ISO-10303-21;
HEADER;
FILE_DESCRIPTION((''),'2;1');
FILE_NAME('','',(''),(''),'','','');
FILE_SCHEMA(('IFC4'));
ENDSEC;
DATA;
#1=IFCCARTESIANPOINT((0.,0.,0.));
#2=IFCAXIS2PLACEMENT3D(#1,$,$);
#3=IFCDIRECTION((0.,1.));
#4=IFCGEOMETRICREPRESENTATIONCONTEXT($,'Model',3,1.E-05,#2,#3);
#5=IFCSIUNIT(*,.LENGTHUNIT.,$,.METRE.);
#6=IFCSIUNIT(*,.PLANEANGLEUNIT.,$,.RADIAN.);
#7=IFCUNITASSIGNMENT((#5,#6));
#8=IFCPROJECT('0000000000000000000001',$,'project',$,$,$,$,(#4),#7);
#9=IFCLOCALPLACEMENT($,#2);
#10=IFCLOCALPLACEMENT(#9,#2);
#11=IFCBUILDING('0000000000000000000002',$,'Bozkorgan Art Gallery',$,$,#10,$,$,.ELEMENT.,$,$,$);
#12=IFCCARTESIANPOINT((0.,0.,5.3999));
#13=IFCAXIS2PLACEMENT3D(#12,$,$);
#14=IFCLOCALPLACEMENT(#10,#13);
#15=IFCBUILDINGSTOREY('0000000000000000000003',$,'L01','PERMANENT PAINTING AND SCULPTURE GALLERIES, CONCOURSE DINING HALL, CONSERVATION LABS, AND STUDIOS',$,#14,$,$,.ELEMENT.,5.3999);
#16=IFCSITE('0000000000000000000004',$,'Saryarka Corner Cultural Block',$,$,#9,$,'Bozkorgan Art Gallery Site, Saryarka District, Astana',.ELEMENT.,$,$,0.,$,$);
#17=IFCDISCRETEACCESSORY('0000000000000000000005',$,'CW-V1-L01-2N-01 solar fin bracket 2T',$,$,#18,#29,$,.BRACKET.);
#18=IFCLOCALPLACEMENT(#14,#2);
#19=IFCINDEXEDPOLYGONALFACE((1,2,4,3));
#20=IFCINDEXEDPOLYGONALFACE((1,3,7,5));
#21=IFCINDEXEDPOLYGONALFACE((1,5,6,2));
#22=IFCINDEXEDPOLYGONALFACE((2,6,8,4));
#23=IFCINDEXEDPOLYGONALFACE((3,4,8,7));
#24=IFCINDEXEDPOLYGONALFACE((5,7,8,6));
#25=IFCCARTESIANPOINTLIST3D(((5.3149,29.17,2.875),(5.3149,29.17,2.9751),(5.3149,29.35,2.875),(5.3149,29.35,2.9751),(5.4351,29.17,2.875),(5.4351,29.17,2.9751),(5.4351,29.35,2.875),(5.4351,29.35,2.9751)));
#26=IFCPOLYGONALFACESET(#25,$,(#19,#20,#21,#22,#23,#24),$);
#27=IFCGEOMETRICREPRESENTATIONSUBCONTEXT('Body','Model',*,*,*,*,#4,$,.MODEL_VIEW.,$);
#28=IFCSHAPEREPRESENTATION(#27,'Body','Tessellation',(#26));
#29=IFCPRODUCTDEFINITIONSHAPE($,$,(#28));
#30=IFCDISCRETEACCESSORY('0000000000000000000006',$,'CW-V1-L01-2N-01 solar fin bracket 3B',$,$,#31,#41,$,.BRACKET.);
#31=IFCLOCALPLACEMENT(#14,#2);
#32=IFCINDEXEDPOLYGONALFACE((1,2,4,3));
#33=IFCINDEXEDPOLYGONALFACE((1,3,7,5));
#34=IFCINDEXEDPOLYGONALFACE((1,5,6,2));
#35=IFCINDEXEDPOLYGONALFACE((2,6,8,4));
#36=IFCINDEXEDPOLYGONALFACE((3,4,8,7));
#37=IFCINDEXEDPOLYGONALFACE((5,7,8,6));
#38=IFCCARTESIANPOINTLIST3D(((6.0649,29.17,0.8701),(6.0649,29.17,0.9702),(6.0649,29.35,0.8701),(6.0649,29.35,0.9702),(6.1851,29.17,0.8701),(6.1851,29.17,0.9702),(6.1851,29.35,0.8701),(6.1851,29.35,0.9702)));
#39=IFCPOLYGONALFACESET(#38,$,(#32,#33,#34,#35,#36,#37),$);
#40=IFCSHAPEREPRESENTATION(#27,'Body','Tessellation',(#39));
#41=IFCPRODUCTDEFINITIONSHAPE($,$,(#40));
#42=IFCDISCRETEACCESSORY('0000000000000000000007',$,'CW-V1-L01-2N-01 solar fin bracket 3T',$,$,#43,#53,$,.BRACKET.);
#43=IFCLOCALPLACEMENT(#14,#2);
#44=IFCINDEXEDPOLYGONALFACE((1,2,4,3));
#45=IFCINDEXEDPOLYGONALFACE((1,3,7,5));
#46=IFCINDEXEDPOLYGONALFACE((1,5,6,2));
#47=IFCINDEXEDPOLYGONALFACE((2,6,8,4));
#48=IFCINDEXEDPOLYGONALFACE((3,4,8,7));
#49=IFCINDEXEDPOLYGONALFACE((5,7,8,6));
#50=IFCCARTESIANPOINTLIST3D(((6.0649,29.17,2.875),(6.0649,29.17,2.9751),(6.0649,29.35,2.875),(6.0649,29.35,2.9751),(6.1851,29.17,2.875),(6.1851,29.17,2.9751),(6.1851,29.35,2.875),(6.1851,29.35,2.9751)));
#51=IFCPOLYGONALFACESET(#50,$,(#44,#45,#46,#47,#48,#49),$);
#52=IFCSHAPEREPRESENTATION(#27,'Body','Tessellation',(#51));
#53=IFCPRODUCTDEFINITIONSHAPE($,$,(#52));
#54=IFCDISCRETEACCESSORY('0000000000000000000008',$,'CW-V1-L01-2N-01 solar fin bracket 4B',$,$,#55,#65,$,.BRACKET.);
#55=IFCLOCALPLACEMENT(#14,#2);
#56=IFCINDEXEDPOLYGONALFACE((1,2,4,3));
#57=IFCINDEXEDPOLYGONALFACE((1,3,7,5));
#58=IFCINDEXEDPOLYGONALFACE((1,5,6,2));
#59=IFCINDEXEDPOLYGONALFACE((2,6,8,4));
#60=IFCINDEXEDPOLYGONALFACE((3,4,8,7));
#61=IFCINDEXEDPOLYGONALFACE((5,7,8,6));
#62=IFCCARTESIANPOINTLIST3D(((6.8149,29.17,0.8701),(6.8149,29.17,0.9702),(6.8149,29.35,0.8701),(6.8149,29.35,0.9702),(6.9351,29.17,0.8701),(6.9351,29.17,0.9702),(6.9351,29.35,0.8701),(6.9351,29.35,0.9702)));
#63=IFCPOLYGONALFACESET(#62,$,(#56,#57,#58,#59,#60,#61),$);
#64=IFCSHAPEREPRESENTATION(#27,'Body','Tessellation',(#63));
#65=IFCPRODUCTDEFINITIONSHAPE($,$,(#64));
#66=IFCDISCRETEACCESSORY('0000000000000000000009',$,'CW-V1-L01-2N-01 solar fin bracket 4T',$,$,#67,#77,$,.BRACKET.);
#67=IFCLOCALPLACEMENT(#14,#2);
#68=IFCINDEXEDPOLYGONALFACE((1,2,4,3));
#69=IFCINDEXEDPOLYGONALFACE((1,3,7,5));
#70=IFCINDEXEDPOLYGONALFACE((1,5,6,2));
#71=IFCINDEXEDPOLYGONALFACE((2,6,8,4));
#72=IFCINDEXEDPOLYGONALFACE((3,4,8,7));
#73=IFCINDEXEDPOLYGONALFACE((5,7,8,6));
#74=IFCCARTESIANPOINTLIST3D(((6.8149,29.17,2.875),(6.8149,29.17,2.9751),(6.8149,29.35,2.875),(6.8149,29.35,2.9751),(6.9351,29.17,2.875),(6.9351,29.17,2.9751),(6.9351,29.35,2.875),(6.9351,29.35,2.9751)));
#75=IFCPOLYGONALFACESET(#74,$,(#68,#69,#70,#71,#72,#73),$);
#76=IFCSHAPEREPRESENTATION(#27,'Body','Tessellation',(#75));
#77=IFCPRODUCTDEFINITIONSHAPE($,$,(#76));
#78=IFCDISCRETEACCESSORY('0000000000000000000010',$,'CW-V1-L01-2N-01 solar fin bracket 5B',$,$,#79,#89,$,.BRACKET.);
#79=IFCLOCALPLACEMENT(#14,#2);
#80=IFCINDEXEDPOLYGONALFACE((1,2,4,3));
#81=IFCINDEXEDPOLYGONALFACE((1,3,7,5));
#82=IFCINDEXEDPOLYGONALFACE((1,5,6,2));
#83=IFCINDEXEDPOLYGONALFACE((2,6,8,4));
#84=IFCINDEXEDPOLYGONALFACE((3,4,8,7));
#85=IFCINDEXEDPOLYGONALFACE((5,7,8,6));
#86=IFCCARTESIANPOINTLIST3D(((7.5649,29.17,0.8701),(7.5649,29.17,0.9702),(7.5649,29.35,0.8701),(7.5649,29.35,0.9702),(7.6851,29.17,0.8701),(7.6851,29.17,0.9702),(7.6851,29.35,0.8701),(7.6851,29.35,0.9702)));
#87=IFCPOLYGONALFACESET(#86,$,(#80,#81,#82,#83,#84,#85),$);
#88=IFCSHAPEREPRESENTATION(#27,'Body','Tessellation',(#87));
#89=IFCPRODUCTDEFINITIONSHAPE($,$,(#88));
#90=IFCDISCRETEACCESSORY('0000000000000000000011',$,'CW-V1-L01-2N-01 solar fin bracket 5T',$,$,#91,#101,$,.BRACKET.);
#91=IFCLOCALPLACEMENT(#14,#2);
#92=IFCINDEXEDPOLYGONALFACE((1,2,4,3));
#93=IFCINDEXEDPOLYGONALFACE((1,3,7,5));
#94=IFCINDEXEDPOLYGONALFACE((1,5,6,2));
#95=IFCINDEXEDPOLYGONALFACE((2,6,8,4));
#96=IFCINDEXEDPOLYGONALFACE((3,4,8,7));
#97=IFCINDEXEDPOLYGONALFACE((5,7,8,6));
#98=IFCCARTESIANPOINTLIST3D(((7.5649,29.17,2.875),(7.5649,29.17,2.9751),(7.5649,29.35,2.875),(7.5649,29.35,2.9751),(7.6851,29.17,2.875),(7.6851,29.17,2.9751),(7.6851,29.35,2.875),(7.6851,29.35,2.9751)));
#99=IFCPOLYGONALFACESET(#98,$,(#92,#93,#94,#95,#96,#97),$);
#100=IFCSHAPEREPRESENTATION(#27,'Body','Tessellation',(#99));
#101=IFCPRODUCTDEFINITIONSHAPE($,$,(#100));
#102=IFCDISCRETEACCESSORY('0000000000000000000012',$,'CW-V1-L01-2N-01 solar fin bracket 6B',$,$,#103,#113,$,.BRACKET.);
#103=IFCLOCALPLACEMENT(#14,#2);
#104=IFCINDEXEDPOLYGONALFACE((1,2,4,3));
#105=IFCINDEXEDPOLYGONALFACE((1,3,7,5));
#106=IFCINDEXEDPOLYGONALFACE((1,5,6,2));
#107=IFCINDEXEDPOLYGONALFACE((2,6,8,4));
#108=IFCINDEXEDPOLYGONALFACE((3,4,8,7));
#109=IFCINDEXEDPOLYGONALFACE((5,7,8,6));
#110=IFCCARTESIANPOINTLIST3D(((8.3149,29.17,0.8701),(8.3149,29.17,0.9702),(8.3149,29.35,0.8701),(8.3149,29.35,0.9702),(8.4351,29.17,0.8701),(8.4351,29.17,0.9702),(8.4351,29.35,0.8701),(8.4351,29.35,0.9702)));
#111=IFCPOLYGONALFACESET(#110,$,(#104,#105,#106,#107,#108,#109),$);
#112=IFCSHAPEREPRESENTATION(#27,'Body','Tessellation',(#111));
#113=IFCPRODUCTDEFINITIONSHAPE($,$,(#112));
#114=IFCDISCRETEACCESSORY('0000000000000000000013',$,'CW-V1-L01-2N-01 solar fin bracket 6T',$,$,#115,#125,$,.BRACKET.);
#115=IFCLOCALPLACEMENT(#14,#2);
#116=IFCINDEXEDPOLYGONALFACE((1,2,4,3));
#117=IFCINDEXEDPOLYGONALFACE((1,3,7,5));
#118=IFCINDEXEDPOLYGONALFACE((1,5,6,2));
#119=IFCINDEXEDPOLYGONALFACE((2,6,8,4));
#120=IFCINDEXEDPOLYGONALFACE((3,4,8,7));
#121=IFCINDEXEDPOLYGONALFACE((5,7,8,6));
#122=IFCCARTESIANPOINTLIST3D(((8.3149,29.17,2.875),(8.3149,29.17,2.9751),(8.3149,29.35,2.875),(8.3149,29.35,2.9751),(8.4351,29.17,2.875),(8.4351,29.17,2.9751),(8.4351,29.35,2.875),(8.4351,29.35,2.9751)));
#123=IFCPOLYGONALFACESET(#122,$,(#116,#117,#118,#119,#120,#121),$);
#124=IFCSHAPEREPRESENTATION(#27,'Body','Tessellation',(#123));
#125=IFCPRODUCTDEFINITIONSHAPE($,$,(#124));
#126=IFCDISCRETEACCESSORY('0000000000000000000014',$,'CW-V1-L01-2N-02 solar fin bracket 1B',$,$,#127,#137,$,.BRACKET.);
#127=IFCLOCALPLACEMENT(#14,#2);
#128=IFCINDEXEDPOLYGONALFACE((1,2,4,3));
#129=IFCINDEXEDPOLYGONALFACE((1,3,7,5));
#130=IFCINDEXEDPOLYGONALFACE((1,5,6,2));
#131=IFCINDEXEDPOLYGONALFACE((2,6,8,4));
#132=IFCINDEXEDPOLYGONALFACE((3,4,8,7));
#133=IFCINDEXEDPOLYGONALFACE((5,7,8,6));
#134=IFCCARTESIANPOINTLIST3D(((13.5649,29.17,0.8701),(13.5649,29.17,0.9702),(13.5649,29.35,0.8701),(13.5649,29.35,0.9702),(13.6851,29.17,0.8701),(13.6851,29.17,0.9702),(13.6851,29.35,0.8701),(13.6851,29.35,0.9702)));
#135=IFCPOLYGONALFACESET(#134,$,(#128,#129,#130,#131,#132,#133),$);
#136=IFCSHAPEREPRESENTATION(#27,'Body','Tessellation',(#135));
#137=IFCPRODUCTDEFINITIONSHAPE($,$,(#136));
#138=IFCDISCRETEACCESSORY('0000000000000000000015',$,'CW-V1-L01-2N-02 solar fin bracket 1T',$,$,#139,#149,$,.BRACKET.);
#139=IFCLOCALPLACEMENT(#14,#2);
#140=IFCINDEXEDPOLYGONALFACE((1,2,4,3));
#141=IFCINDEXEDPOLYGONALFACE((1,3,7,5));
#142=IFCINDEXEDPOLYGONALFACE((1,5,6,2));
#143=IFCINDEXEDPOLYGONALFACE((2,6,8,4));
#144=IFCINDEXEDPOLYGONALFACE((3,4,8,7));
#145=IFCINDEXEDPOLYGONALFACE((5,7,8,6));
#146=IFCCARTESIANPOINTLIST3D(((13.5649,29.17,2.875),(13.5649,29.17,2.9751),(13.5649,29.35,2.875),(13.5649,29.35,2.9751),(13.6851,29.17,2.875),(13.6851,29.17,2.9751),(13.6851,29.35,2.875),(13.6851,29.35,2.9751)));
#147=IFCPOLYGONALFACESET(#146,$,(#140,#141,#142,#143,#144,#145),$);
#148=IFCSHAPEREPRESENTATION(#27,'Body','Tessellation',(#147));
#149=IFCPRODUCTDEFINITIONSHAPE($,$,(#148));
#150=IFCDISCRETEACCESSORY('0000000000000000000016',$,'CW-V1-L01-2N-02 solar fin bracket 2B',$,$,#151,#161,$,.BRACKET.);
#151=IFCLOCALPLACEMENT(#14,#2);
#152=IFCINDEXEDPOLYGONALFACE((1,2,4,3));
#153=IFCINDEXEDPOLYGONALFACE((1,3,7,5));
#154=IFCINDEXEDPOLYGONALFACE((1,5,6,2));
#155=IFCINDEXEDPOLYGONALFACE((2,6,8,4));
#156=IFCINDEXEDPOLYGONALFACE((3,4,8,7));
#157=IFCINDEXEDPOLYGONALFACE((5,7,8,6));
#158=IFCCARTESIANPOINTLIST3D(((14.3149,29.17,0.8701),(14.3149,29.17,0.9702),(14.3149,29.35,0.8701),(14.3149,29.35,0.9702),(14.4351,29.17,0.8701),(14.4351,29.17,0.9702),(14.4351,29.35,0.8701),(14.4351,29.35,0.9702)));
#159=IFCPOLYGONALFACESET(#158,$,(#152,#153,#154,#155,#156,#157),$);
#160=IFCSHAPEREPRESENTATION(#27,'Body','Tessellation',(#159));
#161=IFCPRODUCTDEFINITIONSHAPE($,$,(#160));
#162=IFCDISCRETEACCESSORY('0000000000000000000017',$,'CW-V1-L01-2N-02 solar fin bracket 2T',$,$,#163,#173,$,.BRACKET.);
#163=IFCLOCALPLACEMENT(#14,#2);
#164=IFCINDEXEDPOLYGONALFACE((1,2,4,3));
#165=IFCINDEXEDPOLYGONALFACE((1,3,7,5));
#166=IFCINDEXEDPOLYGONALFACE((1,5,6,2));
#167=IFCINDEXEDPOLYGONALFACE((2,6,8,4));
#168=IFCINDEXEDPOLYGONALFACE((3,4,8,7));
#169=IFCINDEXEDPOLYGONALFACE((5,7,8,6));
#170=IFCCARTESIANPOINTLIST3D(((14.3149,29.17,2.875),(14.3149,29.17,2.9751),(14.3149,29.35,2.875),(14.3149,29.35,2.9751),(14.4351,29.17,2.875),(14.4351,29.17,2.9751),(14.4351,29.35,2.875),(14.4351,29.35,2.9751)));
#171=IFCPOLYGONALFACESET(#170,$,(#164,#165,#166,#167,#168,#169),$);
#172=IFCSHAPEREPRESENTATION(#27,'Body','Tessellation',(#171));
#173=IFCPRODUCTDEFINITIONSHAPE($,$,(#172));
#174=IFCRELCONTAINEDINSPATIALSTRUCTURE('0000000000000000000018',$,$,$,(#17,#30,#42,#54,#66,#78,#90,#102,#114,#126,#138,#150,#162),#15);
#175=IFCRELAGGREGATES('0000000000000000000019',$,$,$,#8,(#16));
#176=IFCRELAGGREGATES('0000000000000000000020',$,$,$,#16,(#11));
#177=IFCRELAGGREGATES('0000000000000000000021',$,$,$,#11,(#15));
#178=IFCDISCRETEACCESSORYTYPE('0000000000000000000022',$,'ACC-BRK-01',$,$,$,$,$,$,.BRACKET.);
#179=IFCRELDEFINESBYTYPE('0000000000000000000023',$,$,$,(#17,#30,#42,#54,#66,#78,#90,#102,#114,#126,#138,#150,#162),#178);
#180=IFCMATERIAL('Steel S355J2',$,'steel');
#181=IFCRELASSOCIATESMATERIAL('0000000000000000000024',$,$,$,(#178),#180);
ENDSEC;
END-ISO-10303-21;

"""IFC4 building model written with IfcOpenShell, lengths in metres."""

from ifc_helpers import new_model, si_unit, direction, frame, origin, origin_2d, place, context, subcontext, project, spatial, rectangle, extrude, material, type_object, element, save


model = new_model("IFC4")

# Units and contexts
model_context = context("Model", 3, precision=1e-05, world=origin(), true_north=direction((0.0, 1.0)))
body_context = subcontext(model_context, "Body", "Model", "MODEL_VIEW")
ifc_project = project(units=[si_unit("LENGTHUNIT", "METRE"), si_unit("PLANEANGLEUNIT", "RADIAN")], contexts=[model_context])

# Site, building, storey
site_placement = place(None, origin())
site = spatial("IfcSite", under=ifc_project, at=site_placement, Name="Saryarka Corner Cultural Block", LongName="Bozkorgan Art Gallery Site, Saryarka District, Astana", CompositionType="ELEMENT", RefElevation=0.0)
building_placement = place(site_placement, origin())
building = spatial("IfcBuilding", under=site, at=building_placement, Name="Bozkorgan Art Gallery", CompositionType="ELEMENT")
storey_placement = place(building_placement, frame((0.0, 0.0, 5.3999)))
storey = spatial("IfcBuildingStorey", under=building, at=storey_placement, Name="L01", Description="PERMANENT PAINTING AND SCULPTURE GALLERIES, CONCOURSE DINING HALL, CONSERVATION LABS, AND STUDIOS", CompositionType="ELEMENT", Elevation=5.3999)

# Shared definitions
ifc_material_1 = material(Name="Steel S355J2", Category="steel")

# Discrete accessories
discrete_accessory_type = type_object("IfcDiscreteAccessoryType", Name="ACC-BRK-01", PredefinedType="BRACKET", material=ifc_material_1)
for number, where, z_axis, x_axis, name in (
    (1, (5.375, 29.26, 2.875), (0.0, 0.0, 1.0), (0.0, 1.0, 0.0), "CW-V1-L01-2N-01 solar fin bracket 2T"),
    (2, (6.125, 29.26, 0.8701), (0.0, 0.0, 1.0), (0.0, 1.0, 0.0), "CW-V1-L01-2N-01 solar fin bracket 3B"),
    (3, (6.125, 29.26, 2.875), (0.0, 0.0, 1.0), (0.0, 1.0, 0.0), "CW-V1-L01-2N-01 solar fin bracket 3T"),
    (4, (6.875, 29.26, 0.8701), (0.0, 0.0, 1.0), (0.0, 1.0, 0.0), "CW-V1-L01-2N-01 solar fin bracket 4B"),
    (5, (6.875, 29.26, 2.875), (0.0, 0.0, 1.0), (0.0, 1.0, 0.0), "CW-V1-L01-2N-01 solar fin bracket 4T"),
    (6, (7.625, 29.26, 0.8701), (0.0, 0.0, 1.0), (0.0, 1.0, 0.0), "CW-V1-L01-2N-01 solar fin bracket 5B"),
    (7, (7.625, 29.26, 2.875), (0.0, 0.0, 1.0), (0.0, 1.0, 0.0), "CW-V1-L01-2N-01 solar fin bracket 5T"),
    (8, (8.375, 29.26, 0.8701), (0.0, 0.0, 1.0), (0.0, 1.0, 0.0), "CW-V1-L01-2N-01 solar fin bracket 6B"),
    (9, (8.375, 29.26, 2.875), (0.0, 0.0, 1.0), (0.0, 1.0, 0.0), "CW-V1-L01-2N-01 solar fin bracket 6T"),
    (10, (13.625, 29.26, 0.8701), (0.0, 0.0, 1.0), (0.0, 1.0, 0.0), "CW-V1-L01-2N-02 solar fin bracket 1B"),
    (11, (13.625, 29.26, 2.875), (0.0, 0.0, 1.0), (0.0, 1.0, 0.0), "CW-V1-L01-2N-02 solar fin bracket 1T"),
    (12, (14.375, 29.26, 0.8701), (0.0, 0.0, 1.0), (0.0, 1.0, 0.0), "CW-V1-L01-2N-02 solar fin bracket 2B"),
    (13, (14.375, 29.26, 2.875), (0.0, 0.0, 1.0), (0.0, 1.0, 0.0), "CW-V1-L01-2N-02 solar fin bracket 2T"),
):
    element("IfcDiscreteAccessory", number, at=place(storey_placement, frame(where, z_axis=z_axis, x_axis=x_axis)), inside=storey, type_object=discrete_accessory_type, Name=name, PredefinedType="BRACKET", context=body_context, shape_type="SweptSolid", body=[
        extrude(rectangle(XDim=0.1799, YDim=0.1201, at=origin_2d()), origin(), (0.0, 0.0, 1.0), 0.1001),
    ])

save(model, "model.ifc")
